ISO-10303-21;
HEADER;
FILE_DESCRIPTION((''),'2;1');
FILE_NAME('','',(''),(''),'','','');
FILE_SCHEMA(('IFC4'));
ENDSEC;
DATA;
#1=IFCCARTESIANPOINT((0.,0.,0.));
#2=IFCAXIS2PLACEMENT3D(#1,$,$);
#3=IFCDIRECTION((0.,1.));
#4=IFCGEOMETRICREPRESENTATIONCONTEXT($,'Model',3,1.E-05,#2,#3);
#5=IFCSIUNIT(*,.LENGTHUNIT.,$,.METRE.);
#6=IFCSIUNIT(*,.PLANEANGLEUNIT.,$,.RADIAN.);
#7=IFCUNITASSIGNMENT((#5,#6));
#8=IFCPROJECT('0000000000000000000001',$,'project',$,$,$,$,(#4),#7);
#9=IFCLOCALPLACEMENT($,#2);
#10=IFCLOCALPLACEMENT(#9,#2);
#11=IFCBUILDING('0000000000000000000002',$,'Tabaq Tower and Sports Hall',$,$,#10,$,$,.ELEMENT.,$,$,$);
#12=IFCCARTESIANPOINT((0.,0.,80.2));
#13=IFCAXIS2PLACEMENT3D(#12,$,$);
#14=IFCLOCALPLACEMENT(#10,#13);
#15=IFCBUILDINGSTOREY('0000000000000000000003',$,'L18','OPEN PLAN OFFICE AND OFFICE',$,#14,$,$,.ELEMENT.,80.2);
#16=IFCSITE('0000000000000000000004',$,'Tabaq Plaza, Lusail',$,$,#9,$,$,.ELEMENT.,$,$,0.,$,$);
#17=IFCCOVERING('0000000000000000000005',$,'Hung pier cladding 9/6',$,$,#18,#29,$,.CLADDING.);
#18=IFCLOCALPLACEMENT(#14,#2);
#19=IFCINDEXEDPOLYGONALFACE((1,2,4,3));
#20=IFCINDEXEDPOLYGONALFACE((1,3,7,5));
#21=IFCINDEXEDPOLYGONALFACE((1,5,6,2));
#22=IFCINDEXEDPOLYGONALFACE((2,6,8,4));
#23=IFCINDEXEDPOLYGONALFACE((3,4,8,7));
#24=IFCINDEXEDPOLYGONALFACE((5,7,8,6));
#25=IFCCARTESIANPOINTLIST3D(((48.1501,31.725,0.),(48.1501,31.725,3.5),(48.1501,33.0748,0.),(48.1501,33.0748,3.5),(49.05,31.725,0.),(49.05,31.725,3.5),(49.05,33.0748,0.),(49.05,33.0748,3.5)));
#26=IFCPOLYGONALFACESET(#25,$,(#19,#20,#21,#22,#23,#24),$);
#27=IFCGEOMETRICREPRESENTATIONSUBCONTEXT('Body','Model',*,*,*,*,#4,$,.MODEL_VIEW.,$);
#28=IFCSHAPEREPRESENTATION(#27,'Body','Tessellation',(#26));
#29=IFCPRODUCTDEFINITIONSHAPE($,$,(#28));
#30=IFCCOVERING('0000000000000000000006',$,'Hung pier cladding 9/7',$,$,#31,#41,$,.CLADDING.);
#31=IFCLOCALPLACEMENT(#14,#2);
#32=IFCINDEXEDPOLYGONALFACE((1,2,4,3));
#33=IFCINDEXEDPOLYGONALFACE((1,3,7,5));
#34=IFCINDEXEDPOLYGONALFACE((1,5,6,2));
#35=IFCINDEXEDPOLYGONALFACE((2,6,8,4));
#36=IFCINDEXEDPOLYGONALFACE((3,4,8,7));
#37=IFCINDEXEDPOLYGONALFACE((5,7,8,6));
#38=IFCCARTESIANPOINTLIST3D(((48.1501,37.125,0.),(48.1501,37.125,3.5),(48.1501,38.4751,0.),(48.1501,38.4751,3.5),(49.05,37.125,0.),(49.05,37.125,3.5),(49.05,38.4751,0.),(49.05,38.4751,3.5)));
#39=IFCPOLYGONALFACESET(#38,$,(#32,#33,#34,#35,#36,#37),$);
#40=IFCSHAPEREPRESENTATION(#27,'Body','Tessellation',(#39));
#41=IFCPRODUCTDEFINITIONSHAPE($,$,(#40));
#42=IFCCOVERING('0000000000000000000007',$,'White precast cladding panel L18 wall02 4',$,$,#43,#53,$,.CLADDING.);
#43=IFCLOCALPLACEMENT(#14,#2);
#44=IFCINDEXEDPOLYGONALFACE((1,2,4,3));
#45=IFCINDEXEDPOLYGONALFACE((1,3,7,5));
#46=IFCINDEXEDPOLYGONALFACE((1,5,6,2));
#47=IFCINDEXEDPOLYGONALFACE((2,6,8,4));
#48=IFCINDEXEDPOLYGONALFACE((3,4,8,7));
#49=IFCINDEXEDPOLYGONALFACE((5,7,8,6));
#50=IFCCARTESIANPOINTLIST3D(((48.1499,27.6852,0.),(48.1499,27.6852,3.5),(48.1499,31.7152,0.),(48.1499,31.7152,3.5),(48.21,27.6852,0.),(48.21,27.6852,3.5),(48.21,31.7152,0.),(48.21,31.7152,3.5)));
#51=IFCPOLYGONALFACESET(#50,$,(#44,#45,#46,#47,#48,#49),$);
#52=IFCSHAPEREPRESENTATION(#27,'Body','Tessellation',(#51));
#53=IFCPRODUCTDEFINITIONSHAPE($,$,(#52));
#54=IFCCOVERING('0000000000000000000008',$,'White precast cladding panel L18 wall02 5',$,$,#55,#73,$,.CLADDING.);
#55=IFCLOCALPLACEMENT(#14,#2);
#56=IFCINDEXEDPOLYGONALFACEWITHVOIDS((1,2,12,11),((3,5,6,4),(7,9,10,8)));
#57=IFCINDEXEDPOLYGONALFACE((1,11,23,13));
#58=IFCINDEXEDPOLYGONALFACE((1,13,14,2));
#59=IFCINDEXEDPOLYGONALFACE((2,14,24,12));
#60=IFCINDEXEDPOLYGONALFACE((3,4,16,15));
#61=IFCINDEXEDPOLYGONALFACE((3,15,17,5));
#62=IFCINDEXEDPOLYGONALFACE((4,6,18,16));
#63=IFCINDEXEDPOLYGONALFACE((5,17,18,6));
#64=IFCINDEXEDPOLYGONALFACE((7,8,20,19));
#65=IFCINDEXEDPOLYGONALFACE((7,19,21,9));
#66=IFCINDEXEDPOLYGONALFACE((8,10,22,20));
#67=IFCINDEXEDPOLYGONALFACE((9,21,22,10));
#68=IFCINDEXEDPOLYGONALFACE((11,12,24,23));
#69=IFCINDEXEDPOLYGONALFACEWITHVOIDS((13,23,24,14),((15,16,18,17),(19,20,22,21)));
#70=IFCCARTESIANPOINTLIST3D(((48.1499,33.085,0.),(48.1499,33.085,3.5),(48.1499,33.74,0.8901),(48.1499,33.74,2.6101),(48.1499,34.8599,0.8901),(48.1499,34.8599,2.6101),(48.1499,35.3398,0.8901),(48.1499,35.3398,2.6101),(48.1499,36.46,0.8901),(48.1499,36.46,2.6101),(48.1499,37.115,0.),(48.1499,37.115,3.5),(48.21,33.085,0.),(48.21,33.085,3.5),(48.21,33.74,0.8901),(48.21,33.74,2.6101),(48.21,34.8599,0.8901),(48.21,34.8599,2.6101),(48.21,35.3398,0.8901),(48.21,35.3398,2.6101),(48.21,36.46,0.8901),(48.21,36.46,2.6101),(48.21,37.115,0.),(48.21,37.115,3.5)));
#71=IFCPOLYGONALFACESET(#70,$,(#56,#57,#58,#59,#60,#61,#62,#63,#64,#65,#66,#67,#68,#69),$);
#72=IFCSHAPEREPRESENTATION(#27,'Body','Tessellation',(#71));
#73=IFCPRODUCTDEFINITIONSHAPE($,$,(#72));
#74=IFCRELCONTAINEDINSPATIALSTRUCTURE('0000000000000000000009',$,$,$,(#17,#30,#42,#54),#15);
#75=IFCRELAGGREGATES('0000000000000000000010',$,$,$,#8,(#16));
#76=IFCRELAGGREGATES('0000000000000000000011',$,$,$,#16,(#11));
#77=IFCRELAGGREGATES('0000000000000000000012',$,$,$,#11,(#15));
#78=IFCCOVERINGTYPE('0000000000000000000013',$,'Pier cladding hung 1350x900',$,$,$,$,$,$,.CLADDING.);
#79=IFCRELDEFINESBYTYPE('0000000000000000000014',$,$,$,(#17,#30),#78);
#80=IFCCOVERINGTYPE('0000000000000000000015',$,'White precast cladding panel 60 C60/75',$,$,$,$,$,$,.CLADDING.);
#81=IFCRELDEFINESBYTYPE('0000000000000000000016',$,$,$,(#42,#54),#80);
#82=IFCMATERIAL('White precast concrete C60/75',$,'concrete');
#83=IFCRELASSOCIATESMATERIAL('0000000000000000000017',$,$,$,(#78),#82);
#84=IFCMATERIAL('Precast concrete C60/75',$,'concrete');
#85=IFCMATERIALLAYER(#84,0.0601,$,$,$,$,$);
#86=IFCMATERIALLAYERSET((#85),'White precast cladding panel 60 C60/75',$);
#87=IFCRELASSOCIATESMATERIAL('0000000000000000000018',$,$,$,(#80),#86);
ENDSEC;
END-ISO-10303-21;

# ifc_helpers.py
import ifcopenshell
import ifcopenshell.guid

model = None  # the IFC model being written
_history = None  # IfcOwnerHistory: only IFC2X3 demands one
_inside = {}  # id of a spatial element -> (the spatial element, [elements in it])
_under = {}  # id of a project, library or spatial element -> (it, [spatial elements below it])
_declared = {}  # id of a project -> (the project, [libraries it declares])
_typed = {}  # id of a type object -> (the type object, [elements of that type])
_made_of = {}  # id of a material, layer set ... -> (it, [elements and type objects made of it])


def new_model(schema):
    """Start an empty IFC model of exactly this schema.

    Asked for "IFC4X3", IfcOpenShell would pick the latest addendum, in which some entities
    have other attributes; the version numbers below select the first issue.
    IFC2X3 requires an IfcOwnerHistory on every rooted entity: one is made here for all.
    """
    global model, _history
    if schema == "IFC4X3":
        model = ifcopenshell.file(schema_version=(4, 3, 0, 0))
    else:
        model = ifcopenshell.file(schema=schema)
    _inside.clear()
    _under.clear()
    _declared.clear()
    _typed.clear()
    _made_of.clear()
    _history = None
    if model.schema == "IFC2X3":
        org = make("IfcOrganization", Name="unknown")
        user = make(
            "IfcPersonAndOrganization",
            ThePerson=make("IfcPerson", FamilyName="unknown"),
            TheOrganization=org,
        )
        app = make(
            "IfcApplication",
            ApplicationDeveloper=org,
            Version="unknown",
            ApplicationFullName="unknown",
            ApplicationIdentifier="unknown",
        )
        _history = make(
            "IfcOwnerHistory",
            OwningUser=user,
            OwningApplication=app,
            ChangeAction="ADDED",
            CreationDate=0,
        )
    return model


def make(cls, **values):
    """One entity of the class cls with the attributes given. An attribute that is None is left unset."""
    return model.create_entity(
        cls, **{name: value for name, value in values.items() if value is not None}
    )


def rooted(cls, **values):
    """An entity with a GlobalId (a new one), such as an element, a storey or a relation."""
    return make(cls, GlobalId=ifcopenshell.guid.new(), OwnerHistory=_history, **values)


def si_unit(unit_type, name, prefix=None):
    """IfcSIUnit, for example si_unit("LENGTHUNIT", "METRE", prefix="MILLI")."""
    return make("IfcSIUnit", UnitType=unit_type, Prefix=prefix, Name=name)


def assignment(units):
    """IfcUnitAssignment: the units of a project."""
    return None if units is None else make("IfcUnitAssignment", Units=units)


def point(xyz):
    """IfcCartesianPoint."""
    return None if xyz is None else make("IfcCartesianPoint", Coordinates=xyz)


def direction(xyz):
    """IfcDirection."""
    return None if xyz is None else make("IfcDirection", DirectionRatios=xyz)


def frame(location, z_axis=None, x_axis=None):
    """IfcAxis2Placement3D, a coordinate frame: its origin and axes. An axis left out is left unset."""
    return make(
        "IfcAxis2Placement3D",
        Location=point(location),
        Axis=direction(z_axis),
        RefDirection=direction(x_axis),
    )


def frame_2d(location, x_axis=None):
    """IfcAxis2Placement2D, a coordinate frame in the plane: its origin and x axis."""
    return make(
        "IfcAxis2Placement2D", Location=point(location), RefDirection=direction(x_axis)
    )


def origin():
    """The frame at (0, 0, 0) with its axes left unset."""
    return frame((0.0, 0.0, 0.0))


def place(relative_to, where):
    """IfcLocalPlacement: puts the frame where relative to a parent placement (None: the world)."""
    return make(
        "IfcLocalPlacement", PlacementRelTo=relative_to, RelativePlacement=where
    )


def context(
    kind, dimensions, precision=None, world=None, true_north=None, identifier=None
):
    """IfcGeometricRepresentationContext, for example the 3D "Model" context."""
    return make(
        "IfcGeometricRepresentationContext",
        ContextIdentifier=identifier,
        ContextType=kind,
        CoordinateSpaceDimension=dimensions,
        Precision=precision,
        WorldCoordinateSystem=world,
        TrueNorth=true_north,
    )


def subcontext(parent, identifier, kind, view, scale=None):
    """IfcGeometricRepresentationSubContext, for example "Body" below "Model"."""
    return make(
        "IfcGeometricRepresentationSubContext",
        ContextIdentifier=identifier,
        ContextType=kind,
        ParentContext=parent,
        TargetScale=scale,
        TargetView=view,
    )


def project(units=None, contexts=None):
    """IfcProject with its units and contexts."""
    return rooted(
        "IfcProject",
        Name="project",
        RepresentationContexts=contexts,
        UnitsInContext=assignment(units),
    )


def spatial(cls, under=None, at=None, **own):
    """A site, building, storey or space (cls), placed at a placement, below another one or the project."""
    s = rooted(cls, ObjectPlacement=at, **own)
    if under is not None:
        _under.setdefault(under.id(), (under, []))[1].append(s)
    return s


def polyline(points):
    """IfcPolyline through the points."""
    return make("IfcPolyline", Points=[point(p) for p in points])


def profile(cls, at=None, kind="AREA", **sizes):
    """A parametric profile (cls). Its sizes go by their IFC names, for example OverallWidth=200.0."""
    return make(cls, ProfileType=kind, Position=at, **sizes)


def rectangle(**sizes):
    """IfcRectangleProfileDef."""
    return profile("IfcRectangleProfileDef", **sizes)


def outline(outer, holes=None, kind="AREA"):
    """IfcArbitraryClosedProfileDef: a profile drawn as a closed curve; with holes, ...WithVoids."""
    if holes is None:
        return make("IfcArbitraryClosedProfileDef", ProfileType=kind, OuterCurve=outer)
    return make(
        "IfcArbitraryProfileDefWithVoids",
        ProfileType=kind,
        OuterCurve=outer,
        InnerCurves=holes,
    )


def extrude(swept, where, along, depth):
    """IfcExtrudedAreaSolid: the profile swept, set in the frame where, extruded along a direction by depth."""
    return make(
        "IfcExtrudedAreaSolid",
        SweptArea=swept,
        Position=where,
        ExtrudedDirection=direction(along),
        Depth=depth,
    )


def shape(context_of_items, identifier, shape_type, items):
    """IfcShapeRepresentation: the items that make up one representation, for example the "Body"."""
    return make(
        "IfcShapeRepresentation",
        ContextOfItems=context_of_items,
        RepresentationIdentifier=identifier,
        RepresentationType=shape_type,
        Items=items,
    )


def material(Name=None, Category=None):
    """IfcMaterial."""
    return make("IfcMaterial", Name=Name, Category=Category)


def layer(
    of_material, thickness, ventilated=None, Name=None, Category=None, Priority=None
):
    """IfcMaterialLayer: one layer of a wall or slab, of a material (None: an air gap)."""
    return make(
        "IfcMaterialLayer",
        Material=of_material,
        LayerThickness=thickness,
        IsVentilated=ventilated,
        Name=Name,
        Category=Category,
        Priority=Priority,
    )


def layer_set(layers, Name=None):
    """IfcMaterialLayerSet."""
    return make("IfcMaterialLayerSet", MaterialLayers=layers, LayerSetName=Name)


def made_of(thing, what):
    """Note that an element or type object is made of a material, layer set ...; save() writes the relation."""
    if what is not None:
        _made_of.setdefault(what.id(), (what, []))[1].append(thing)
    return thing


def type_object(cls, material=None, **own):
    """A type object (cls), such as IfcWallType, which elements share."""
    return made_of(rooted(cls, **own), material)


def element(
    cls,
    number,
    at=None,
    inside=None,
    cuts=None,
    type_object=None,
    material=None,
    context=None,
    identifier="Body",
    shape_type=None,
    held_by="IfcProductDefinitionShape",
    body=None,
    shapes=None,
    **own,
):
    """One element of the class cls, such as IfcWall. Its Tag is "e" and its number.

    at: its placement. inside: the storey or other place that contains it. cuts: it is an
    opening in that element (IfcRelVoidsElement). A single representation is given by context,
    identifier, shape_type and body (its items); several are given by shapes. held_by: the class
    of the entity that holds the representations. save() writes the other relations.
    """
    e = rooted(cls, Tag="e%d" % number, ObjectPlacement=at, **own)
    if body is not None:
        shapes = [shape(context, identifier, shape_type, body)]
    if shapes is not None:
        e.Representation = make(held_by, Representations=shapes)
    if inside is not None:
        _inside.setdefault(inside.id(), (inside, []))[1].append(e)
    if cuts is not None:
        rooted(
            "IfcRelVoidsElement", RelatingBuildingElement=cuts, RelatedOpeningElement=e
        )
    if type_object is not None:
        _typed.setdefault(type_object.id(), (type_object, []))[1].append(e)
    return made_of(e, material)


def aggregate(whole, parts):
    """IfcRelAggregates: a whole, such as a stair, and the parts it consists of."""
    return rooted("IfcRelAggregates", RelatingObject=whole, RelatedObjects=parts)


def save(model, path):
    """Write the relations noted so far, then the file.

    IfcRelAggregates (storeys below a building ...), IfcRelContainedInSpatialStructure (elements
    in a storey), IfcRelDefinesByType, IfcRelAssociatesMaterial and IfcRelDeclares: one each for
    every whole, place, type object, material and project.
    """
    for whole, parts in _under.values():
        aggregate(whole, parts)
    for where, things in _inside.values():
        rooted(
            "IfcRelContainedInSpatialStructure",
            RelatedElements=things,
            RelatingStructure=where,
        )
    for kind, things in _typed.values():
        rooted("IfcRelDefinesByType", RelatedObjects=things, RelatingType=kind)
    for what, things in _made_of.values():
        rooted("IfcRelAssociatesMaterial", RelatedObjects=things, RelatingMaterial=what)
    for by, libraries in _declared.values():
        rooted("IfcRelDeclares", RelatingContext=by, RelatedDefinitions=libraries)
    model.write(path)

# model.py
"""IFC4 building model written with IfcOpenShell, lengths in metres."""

from ifc_helpers import new_model, si_unit, direction, frame, frame_2d, origin, place, context, subcontext, project, spatial, polyline, rectangle, outline, extrude, material, layer, layer_set, type_object, element, save


model = new_model("IFC4")

# Units and contexts
model_context = context("Model", 3, precision=1e-05, world=origin(), true_north=direction((0.0, 1.0)))
body_context = subcontext(model_context, "Body", "Model", "MODEL_VIEW")
ifc_project = project(units=[si_unit("LENGTHUNIT", "METRE"), si_unit("PLANEANGLEUNIT", "RADIAN")], contexts=[model_context])

# Site, building, storey
site_placement = place(None, origin())
site = spatial("IfcSite", under=ifc_project, at=site_placement, Name="Tabaq Plaza, Lusail", CompositionType="ELEMENT", RefElevation=0.0)
building_placement = place(site_placement, origin())
building = spatial("IfcBuilding", under=site, at=building_placement, Name="Tabaq Tower and Sports Hall", CompositionType="ELEMENT")
storey_placement = place(building_placement, frame((0.0, 0.0, 80.2)))
storey = spatial("IfcBuildingStorey", under=building, at=storey_placement, Name="L18", Description="OPEN PLAN OFFICE AND OFFICE", CompositionType="ELEMENT", Elevation=80.2)

# Coverings
ifc_material_1 = material(Name="White precast concrete C60/75", Category="concrete")
covering_type_1 = type_object("IfcCoveringType", Name="Pier cladding hung 1350x900", PredefinedType="CLADDING", material=ifc_material_1)
covering_1_placement = place(storey_placement, frame((48.6001, 31.7251, 0.0), z_axis=(0.0, 0.0, 1.0), x_axis=(0.0, 1.0, 0.0)))
element("IfcCovering", 1, at=covering_1_placement, inside=storey, type_object=covering_type_1, Name="Hung pier cladding 9/6", PredefinedType="CLADDING", context=body_context, shape_type="SweptSolid", body=[
    extrude(rectangle(XDim=1.3499, YDim=0.8999, at=frame_2d((0.6748, 0.0))), origin(), (0.0, 0.0, 1.0), 3.5),
])
covering_2_placement = place(storey_placement, frame((48.6001, 37.125, 0.0), z_axis=(0.0, 0.0, 1.0), x_axis=(0.0, 1.0, 0.0)))
element("IfcCovering", 2, at=covering_2_placement, inside=storey, type_object=covering_type_1, Name="Hung pier cladding 9/7", PredefinedType="CLADDING", context=body_context, shape_type="SweptSolid", body=[
    extrude(rectangle(XDim=1.3501, YDim=0.8999, at=frame_2d((0.675, 0.0))), origin(), (0.0, 0.0, 1.0), 3.5),
])
ifc_material_2 = material(Name="Precast concrete C60/75", Category="concrete")
ifc_layer_1 = layer(ifc_material_2, 0.0601)
ifc_layer_set_1 = layer_set([ifc_layer_1], Name="White precast cladding panel 60 C60/75")
covering_type_2 = type_object("IfcCoveringType", Name="White precast cladding panel 60 C60/75", PredefinedType="CLADDING", material=ifc_layer_set_1)
covering_3_placement = place(storey_placement, frame((48.1799, 27.6851, 0.0), z_axis=(0.0, 0.0, 1.0), x_axis=(0.0, 1.0, 0.0)))
element("IfcCovering", 3, at=covering_3_placement, inside=storey, type_object=covering_type_2, Name="White precast cladding panel L18 wall02 4", PredefinedType="CLADDING", context=body_context, shape_type="SweptSolid", body=[
    extrude(rectangle(XDim=4.03, YDim=0.0601, at=frame_2d((2.0151, 0.0))), origin(), (0.0, 0.0, 1.0), 3.5),
])
covering_4_placement = place(storey_placement, frame((48.1799, 33.085, 0.0), z_axis=(0.0, 0.0, 1.0), x_axis=(0.0, 1.0, 0.0)))
element("IfcCovering", 4, at=covering_4_placement, inside=storey, type_object=covering_type_2, Name="White precast cladding panel L18 wall02 5", PredefinedType="CLADDING", context=body_context, shape_type="SweptSolid", body=[
    extrude(outline(polyline([(0.0, 0.0), (4.03, 0.0), (4.03, 3.5), (0.0, 3.5), (0.0, 0.0)]), holes=[polyline([(0.655, 2.6101), (1.7749, 2.6101), (1.7749, 0.8901), (0.655, 0.8901), (0.655, 2.6101)]), polyline([(2.2549, 2.6101), (3.375, 2.6101), (3.375, 0.8901), (2.2549, 0.8901), (2.2549, 2.6101)])]), frame((0.0, 0.03, 0.0), z_axis=(0.0, -1.0, 0.0), x_axis=(1.0, 0.0, 0.0)), (0.0, 0.0, 1.0), 0.0601),
])

save(model, "model.ifc")
